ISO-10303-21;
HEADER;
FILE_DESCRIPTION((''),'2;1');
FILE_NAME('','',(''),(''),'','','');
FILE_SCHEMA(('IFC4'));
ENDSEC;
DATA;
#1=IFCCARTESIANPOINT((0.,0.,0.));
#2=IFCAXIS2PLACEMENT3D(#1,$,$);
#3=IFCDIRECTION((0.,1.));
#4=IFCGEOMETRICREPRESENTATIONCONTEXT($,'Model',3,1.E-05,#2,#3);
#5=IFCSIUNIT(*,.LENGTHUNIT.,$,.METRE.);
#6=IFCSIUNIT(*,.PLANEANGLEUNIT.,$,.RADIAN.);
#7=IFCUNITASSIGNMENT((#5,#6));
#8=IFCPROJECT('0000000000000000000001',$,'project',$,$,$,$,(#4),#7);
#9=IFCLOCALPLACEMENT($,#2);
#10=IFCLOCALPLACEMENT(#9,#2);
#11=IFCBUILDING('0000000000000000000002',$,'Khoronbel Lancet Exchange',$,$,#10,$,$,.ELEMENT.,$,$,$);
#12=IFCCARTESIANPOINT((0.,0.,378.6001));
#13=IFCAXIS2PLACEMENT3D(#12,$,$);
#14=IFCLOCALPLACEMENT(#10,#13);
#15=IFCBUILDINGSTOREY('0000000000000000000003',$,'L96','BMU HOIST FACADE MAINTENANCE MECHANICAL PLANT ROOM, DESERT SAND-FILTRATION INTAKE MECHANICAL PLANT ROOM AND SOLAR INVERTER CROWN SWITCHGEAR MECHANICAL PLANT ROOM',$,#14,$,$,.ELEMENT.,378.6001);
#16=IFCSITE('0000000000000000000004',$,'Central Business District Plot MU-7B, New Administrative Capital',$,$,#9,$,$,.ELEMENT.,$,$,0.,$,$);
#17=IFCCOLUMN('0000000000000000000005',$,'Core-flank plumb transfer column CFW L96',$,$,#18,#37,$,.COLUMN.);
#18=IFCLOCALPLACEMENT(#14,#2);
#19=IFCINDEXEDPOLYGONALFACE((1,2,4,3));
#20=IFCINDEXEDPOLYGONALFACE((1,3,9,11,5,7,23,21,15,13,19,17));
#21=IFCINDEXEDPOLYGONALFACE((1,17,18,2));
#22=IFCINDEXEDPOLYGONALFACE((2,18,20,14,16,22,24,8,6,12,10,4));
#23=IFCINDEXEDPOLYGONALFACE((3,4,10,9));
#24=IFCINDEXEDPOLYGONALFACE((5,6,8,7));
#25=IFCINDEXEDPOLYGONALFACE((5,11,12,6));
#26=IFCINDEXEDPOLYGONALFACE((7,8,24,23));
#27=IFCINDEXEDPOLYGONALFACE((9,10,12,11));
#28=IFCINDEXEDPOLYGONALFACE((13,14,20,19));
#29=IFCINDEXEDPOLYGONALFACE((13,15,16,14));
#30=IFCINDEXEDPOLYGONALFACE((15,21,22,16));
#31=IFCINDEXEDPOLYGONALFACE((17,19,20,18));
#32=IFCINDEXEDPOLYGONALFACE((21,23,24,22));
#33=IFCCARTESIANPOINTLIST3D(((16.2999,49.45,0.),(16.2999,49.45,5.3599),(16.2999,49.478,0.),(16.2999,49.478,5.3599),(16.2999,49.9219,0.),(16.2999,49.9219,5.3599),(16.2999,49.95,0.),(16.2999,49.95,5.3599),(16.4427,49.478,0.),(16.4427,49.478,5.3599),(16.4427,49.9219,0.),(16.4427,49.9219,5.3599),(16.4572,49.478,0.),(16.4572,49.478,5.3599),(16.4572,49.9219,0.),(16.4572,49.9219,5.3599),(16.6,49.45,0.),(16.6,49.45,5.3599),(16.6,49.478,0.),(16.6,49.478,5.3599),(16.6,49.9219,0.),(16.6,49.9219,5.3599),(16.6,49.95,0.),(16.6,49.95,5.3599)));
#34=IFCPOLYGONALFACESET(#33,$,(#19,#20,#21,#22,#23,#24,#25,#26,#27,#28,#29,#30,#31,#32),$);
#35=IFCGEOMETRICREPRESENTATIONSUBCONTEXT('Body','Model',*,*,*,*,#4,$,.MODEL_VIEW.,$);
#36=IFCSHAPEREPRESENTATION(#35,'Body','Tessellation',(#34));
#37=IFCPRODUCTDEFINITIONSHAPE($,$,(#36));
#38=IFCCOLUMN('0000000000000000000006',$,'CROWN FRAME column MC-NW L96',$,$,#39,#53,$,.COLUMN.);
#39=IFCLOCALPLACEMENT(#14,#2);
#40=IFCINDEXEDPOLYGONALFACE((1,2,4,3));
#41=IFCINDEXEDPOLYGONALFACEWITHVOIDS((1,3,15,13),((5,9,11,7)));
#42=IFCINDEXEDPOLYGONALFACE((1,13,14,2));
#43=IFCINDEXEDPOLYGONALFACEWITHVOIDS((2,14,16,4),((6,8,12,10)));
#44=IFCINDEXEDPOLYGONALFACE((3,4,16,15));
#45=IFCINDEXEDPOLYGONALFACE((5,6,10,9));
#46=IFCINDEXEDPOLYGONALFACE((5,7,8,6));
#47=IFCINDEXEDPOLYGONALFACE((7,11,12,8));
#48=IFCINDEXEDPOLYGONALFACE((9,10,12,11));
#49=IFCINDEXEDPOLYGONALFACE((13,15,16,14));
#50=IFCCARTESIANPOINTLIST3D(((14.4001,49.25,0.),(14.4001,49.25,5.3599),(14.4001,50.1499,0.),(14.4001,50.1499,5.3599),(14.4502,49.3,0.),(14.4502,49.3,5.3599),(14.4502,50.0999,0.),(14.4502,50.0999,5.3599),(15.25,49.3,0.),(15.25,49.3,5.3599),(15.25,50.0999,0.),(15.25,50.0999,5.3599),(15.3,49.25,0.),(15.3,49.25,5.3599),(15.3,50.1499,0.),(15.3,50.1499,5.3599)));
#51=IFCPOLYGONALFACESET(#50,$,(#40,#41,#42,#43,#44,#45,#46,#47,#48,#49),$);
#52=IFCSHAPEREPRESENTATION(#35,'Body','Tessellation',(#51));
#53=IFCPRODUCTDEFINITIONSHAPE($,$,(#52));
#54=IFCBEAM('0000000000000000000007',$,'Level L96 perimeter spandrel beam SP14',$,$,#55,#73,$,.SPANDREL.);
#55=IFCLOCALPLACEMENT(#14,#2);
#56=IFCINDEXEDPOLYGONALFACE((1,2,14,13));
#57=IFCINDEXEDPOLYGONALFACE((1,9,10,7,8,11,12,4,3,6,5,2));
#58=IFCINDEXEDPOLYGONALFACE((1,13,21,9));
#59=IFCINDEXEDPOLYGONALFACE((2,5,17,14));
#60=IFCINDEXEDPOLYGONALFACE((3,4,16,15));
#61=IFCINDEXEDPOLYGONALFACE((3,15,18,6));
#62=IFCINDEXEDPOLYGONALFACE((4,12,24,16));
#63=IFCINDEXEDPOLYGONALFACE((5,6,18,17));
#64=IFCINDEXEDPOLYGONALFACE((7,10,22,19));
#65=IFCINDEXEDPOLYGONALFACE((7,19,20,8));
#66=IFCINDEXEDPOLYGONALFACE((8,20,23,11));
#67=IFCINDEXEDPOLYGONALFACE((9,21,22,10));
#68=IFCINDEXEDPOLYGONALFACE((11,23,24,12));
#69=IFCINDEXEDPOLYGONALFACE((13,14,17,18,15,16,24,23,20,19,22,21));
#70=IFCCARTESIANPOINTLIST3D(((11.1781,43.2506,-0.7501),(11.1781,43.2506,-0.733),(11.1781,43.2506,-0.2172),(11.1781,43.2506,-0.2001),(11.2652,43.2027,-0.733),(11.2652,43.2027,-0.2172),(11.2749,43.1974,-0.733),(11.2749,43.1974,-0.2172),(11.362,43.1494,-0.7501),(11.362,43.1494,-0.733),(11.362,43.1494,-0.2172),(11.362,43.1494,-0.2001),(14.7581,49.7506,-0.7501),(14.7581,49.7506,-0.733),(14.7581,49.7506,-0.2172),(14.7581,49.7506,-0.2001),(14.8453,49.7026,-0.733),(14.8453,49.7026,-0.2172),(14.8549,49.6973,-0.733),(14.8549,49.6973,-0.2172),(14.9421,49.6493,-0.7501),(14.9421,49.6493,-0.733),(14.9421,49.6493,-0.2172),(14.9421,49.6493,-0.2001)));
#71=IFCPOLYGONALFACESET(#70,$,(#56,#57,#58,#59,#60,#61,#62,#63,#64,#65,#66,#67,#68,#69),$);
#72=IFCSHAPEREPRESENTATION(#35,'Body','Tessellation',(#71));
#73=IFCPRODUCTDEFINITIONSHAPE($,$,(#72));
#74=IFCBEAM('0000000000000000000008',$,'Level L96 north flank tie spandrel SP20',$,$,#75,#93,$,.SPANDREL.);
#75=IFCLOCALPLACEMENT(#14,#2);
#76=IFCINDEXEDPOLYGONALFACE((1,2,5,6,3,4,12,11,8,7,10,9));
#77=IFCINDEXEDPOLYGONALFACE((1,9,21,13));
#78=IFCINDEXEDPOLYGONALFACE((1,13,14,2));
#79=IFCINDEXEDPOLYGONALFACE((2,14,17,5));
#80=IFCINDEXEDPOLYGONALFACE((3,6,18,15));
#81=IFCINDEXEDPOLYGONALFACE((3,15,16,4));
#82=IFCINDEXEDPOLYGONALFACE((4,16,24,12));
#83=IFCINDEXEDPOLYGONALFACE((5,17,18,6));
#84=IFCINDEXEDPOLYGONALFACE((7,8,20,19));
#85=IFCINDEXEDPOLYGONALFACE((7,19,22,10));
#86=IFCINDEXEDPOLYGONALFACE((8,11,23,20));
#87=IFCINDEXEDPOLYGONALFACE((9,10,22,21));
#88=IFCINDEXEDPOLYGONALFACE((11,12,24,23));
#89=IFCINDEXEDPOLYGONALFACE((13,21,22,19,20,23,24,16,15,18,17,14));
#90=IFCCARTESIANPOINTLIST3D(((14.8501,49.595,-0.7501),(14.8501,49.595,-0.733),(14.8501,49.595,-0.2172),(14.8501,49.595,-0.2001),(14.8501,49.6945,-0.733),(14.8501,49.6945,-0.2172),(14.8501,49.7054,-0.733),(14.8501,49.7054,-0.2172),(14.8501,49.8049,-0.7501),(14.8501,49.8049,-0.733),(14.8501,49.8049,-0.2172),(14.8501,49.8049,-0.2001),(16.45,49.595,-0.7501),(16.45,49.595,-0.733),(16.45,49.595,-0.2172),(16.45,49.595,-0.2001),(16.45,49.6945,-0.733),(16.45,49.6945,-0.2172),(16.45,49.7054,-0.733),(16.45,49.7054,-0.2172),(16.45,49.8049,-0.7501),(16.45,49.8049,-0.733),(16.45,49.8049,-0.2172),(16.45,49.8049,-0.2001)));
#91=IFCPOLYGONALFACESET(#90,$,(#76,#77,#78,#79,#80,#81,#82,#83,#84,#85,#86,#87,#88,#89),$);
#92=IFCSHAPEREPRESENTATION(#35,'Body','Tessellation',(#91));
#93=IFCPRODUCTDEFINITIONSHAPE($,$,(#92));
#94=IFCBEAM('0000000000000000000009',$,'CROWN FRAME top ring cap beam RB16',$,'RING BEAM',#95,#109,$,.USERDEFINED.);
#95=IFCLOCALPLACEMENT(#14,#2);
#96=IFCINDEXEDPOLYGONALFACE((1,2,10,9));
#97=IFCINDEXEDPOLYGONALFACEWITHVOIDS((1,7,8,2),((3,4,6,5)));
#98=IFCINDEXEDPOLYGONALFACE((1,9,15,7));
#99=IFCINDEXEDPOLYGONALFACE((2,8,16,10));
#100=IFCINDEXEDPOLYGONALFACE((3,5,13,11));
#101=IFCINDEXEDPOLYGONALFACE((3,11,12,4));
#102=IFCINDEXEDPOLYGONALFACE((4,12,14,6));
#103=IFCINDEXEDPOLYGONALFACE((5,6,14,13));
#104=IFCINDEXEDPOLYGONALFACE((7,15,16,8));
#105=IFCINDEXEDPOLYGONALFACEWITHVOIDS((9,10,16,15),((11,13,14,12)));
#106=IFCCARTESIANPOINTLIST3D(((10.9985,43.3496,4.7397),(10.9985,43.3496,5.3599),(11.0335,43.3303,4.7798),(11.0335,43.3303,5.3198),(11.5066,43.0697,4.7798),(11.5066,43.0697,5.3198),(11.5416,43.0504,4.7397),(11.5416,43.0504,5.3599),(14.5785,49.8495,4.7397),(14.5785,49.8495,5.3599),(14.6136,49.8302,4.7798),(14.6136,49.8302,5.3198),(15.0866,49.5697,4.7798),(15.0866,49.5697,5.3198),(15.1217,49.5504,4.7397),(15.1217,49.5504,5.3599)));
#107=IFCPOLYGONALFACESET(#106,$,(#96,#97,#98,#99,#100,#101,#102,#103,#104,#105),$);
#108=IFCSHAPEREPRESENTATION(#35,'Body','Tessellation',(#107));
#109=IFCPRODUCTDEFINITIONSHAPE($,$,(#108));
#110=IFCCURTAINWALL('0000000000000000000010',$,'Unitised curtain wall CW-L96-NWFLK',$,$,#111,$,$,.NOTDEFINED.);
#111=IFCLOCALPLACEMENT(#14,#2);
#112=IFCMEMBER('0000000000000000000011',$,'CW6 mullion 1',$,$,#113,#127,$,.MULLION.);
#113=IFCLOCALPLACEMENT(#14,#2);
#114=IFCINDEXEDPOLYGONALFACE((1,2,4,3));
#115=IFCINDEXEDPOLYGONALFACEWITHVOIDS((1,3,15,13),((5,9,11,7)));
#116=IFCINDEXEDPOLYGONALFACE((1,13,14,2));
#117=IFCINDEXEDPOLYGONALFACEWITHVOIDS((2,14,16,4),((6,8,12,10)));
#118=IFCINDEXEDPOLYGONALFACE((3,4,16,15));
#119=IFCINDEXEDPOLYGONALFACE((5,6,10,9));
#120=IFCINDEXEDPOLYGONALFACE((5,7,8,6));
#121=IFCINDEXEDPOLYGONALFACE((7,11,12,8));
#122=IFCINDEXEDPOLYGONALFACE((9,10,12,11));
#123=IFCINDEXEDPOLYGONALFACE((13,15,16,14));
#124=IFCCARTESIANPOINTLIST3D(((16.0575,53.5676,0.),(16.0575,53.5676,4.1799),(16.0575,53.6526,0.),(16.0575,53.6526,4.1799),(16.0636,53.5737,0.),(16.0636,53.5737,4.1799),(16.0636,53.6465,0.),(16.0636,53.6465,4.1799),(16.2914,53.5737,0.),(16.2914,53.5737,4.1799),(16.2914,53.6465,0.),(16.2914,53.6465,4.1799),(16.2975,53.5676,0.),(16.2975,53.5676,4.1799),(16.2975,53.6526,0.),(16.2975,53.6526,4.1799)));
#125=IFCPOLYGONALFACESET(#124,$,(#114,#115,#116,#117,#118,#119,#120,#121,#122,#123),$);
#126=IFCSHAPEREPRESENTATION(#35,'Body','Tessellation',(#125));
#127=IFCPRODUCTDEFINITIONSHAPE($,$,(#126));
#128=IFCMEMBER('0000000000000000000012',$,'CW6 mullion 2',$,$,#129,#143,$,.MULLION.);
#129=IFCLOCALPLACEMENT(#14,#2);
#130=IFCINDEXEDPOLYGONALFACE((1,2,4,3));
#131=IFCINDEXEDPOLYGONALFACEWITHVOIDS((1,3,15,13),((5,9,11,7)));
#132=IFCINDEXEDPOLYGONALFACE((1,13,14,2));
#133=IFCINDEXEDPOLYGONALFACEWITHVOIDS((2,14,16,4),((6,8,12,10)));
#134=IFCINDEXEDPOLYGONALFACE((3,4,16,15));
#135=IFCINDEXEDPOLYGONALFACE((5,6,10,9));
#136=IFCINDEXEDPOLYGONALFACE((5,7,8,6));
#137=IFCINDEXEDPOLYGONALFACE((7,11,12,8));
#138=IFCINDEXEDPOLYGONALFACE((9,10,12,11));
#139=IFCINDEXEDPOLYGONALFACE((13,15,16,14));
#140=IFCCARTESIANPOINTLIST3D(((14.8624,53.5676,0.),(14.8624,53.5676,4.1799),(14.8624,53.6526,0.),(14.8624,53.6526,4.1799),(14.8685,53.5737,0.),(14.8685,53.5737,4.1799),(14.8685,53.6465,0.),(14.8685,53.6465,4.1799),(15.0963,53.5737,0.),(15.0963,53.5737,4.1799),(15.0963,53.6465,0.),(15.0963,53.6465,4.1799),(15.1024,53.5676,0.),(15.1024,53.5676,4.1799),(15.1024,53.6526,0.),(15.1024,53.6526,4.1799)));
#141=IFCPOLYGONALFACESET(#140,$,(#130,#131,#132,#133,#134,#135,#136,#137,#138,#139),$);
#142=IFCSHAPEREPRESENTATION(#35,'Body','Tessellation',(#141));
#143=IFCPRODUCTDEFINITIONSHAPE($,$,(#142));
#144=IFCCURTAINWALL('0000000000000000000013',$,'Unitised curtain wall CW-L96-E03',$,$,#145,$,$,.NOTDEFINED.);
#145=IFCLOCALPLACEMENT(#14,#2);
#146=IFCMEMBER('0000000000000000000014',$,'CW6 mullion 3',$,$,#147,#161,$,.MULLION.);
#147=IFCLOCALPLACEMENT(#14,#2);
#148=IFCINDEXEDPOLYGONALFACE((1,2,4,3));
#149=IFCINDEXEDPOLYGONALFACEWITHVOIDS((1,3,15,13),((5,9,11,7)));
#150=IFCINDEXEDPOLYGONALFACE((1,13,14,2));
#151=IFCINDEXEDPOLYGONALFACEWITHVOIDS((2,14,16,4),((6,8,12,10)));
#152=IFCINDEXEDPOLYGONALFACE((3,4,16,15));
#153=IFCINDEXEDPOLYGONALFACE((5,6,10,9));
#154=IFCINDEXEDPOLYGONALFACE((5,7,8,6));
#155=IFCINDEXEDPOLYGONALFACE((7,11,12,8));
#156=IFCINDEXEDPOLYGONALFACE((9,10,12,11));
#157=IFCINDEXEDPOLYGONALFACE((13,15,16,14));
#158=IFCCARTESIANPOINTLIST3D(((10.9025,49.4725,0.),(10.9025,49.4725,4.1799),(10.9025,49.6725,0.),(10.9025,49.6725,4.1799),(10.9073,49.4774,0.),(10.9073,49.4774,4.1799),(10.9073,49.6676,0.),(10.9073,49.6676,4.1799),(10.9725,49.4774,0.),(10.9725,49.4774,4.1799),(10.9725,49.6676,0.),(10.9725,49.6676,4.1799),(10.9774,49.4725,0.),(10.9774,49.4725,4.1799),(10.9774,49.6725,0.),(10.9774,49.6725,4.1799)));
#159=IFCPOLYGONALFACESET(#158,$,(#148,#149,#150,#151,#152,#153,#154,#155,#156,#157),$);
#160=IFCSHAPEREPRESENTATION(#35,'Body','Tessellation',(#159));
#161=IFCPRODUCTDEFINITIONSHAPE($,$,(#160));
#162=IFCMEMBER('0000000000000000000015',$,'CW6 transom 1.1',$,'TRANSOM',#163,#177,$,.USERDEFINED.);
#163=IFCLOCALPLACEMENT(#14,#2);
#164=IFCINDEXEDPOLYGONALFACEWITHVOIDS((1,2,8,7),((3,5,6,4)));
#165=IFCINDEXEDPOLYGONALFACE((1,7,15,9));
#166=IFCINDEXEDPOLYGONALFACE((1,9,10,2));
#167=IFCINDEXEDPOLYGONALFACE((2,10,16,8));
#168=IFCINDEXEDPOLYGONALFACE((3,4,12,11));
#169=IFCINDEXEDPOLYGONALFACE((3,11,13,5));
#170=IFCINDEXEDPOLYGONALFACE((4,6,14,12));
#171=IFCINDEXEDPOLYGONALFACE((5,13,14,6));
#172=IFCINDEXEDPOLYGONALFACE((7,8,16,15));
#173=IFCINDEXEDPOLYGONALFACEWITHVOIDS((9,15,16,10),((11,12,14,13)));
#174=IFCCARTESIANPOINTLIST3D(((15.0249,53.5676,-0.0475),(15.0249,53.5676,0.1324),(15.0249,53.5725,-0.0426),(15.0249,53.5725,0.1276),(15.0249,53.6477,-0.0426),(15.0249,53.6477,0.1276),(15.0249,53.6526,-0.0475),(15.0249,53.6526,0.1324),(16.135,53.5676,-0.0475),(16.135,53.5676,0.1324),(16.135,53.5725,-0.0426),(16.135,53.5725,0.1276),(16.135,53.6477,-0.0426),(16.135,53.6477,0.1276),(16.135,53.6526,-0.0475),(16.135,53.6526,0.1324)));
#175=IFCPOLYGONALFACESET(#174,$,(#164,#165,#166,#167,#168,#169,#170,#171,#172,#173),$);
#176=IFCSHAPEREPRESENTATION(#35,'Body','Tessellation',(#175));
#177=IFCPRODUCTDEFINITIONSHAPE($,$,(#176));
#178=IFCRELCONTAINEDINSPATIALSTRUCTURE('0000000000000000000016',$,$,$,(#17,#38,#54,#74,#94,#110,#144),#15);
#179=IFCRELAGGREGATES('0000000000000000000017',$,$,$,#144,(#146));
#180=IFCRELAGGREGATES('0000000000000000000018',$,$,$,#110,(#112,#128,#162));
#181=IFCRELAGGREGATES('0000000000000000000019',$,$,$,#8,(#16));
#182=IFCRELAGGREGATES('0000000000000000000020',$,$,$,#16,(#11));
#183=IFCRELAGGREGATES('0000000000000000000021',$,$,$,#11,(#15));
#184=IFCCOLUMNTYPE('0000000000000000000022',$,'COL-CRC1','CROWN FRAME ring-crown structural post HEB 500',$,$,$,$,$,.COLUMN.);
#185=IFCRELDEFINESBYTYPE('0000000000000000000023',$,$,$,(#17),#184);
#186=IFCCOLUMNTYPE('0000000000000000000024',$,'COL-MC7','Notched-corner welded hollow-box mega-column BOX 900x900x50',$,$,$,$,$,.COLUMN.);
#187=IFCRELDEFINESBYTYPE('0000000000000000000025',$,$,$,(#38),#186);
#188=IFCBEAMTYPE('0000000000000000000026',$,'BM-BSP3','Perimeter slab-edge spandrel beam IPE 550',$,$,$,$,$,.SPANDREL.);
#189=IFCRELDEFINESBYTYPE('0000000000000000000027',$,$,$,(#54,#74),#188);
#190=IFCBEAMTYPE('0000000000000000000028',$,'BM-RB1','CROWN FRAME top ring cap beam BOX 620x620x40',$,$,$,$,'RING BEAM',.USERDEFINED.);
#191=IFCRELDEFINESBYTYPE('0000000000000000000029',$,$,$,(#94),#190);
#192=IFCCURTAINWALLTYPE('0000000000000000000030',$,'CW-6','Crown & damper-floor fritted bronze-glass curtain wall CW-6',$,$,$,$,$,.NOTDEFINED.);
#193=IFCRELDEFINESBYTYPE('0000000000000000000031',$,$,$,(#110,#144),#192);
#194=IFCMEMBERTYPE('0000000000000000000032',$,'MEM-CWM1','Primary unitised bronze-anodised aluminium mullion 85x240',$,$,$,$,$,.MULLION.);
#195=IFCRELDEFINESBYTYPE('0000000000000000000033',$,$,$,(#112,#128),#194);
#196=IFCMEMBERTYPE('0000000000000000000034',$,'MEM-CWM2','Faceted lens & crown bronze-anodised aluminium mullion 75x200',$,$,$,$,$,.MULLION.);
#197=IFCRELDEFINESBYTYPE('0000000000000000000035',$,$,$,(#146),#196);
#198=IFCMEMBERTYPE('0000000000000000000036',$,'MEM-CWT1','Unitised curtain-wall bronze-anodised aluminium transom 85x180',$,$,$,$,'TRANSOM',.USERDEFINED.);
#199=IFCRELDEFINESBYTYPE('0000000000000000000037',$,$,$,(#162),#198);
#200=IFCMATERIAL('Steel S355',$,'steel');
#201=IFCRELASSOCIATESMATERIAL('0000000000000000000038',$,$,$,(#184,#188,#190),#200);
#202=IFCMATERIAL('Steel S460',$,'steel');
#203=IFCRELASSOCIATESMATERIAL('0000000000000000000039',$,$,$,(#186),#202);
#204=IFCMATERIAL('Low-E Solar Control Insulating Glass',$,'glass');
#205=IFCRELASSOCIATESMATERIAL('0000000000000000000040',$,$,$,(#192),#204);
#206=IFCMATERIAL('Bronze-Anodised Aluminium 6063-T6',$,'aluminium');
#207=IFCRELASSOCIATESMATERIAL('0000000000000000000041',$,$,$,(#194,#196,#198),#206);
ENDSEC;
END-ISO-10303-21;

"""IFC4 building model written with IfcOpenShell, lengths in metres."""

from ifc_helpers import new_model, si_unit, direction, frame, origin, origin_2d, place, context, subcontext, project, spatial, hollow_rectangle, i_section, extrude, material, material_profile, profile_set, type_object, element, aggregate, save


model = new_model("IFC4")

# Units and contexts
model_context = context("Model", 3, precision=1e-05, world=origin(), true_north=direction((0.0, 1.0)))
body_context = subcontext(model_context, "Body", "Model", "MODEL_VIEW")
ifc_project = project(units=[si_unit("LENGTHUNIT", "METRE"), si_unit("PLANEANGLEUNIT", "RADIAN")], contexts=[model_context])

# Site, building, storey
site_placement = place(None, origin())
site = spatial("IfcSite", under=ifc_project, at=site_placement, Name="Central Business District Plot MU-7B, New Administrative Capital", CompositionType="ELEMENT", RefElevation=0.0)
building_placement = place(site_placement, origin())
building = spatial("IfcBuilding", under=site, at=building_placement, Name="Khoronbel Lancet Exchange", CompositionType="ELEMENT")
storey_placement = place(building_placement, frame((0.0, 0.0, 378.6001)))
storey = spatial("IfcBuildingStorey", under=building, at=storey_placement, Name="L96", Description="BMU HOIST FACADE MAINTENANCE MECHANICAL PLANT ROOM, DESERT SAND-FILTRATION INTAKE MECHANICAL PLANT ROOM AND SOLAR INVERTER CROWN SWITCHGEAR MECHANICAL PLANT ROOM", CompositionType="ELEMENT", Elevation=378.6001)

# Columns
ifc_material_1 = material(Name="Steel S355", Category="steel")
ifc_material_profile_1 = material_profile(ifc_material_1, i_section(OverallWidth=0.3, OverallDepth=0.5, WebThickness=0.0144, FlangeThickness=0.0281, at=origin_2d()), Name="HEB 500")
ifc_profile_set_1 = profile_set([ifc_material_profile_1], Name="Steel S355")
column_type_1 = type_object("IfcColumnType", Name="COL-CRC1", Description="CROWN FRAME ring-crown structural post HEB 500", PredefinedType="COLUMN", material=ifc_profile_set_1)
column_1_placement = place(storey_placement, frame((16.45, 49.7, 0.0), z_axis=(0.0, 0.0, 1.0), x_axis=(1.0, 0.0, 0.0)))
element("IfcColumn", 1, at=column_1_placement, inside=storey, type_object=column_type_1, Name="Core-flank plumb transfer column CFW L96", PredefinedType="COLUMN", context=body_context, shape_type="SweptSolid", body=[
    extrude(i_section(OverallWidth=0.3, OverallDepth=0.5, WebThickness=0.0144, FlangeThickness=0.0281, at=origin_2d()), origin(), (0.0, 0.0, 1.0), 5.3599),
])
ifc_material_2 = material(Name="Steel S460", Category="steel")
ifc_material_profile_2 = material_profile(ifc_material_2, hollow_rectangle(XDim=0.8999, YDim=0.8999, WallThickness=0.05, at=origin_2d()), Name="BOX 900x900x50")
ifc_profile_set_2 = profile_set([ifc_material_profile_2], Name="Steel S460")
column_type_2 = type_object("IfcColumnType", Name="COL-MC7", Description="Notched-corner welded hollow-box mega-column BOX 900x900x50", PredefinedType="COLUMN", material=ifc_profile_set_2)
column_2_placement = place(storey_placement, frame((14.8501, 49.7, 0.0), z_axis=(0.0, 0.0, 1.0), x_axis=(1.0, 0.0, 0.0)))
element("IfcColumn", 2, at=column_2_placement, inside=storey, type_object=column_type_2, Name="CROWN FRAME column MC-NW L96", PredefinedType="COLUMN", context=body_context, shape_type="SweptSolid", body=[
    extrude(hollow_rectangle(XDim=0.8999, YDim=0.8999, WallThickness=0.05, at=origin_2d()), origin(), (0.0, 0.0, 1.0), 5.3599),
])

# Beams
ifc_material_profile_3 = material_profile(ifc_material_1, i_section(OverallWidth=0.21, OverallDepth=0.55, WebThickness=0.011, FlangeThickness=0.0171, at=origin_2d()), Name="IPE 550")
ifc_profile_set_3 = profile_set([ifc_material_profile_3], Name="Steel S355")
beam_type_1 = type_object("IfcBeamType", Name="BM-BSP3", Description="Perimeter slab-edge spandrel beam IPE 550", PredefinedType="SPANDREL", material=ifc_profile_set_3)
beam_1_placement = place(storey_placement, frame((14.8501, 49.7, -0.4751), z_axis=(-0.482444, -0.875927, 0.0), x_axis=(0.875927, -0.482444, 0.0)))
element("IfcBeam", 3, at=beam_1_placement, inside=storey, type_object=beam_type_1, Name="Level L96 perimeter spandrel beam SP14", PredefinedType="SPANDREL", context=body_context, shape_type="SweptSolid", body=[
    extrude(i_section(OverallWidth=0.21, OverallDepth=0.55, WebThickness=0.011, FlangeThickness=0.0171, at=origin_2d()), origin(), (0.0, 0.0, 1.0), 7.4207),
])
beam_2_placement = place(storey_placement, frame((14.8501, 49.7, -0.4751), z_axis=(1.0, 0.0, 0.0), x_axis=(0.0, 1.0, 0.0)))
element("IfcBeam", 4, at=beam_2_placement, inside=storey, type_object=beam_type_1, Name="Level L96 north flank tie spandrel SP20", PredefinedType="SPANDREL", context=body_context, shape_type="SweptSolid", body=[
    extrude(i_section(OverallWidth=0.21, OverallDepth=0.55, WebThickness=0.011, FlangeThickness=0.0171, at=origin_2d()), origin(), (0.0, 0.0, 1.0), 1.5999),
])
ifc_material_profile_4 = material_profile(ifc_material_1, hollow_rectangle(XDim=0.6201, YDim=0.6201, WallThickness=0.04, at=origin_2d()), Name="BOX 620x620x40")
ifc_profile_set_4 = profile_set([ifc_material_profile_4], Name="Steel S355")
beam_type_2 = type_object("IfcBeamType", Name="BM-RB1", Description="CROWN FRAME top ring cap beam BOX 620x620x40", ElementType="RING BEAM", PredefinedType="USERDEFINED", material=ifc_profile_set_4)
beam_3_placement = place(storey_placement, frame((14.8501, 49.7, 5.0498), z_axis=(-0.482444, -0.875927, 0.0), x_axis=(0.875927, -0.482444, 0.0)))
element("IfcBeam", 5, at=beam_3_placement, inside=storey, type_object=beam_type_2, Name="CROWN FRAME top ring cap beam RB16", ObjectType="RING BEAM", PredefinedType="USERDEFINED", context=body_context, shape_type="SweptSolid", body=[
    extrude(hollow_rectangle(XDim=0.6201, YDim=0.6201, WallThickness=0.04, at=origin_2d()), origin(), (0.0, 0.0, 1.0), 7.4207),
])

# Curtain wall, members
ifc_material_3 = material(Name="Low-E Solar Control Insulating Glass", Category="glass")
curtain_wall_type = type_object("IfcCurtainWallType", Name="CW-6", Description="Crown & damper-floor fritted bronze-glass curtain wall CW-6", PredefinedType="NOTDEFINED", material=ifc_material_3)
curtain_wall_1_placement = place(storey_placement, origin())
curtain_wall_1 = element("IfcCurtainWall", 6, at=curtain_wall_1_placement, inside=storey, type_object=curtain_wall_type, Name="Unitised curtain wall CW-L96-NWFLK", PredefinedType="NOTDEFINED")
ifc_material_4 = material(Name="Bronze-Anodised Aluminium 6063-T6", Category="aluminium")
ifc_material_profile_5 = material_profile(ifc_material_4, hollow_rectangle(XDim=0.085, YDim=0.24, WallThickness=0.0061, at=origin_2d()), Name="ALU MULLION 85x240")
ifc_profile_set_5 = profile_set([ifc_material_profile_5], Name="Bronze-Anodised Aluminium 6063-T6")
member_type_1 = type_object("IfcMemberType", Name="MEM-CWM1", Description="Primary unitised bronze-anodised aluminium mullion 85x240", PredefinedType="MULLION", material=ifc_profile_set_5)
member_1_placement = place(storey_placement, frame((16.1775, 53.6101, 0.0), z_axis=(0.0, 0.0, 1.0), x_axis=(0.0, -1.0, 0.0)))
member_1 = element("IfcMember", 7, at=member_1_placement, type_object=member_type_1, Name="CW6 mullion 1", PredefinedType="MULLION", context=body_context, shape_type="SweptSolid", body=[
    extrude(hollow_rectangle(XDim=0.085, YDim=0.24, WallThickness=0.0061, at=origin_2d()), origin(), (0.0, 0.0, 1.0), 4.1799),
])
member_2_placement = place(storey_placement, frame((14.9824, 53.6101, 0.0), z_axis=(0.0, 0.0, 1.0), x_axis=(0.0, -1.0, 0.0)))
member_2 = element("IfcMember", 8, at=member_2_placement, type_object=member_type_1, Name="CW6 mullion 2", PredefinedType="MULLION", context=body_context, shape_type="SweptSolid", body=[
    extrude(hollow_rectangle(XDim=0.085, YDim=0.24, WallThickness=0.0061, at=origin_2d()), origin(), (0.0, 0.0, 1.0), 4.1799),
])

# Curtain wall, member
curtain_wall_2_placement = place(storey_placement, origin())
curtain_wall_2 = element("IfcCurtainWall", 9, at=curtain_wall_2_placement, inside=storey, type_object=curtain_wall_type, Name="Unitised curtain wall CW-L96-E03", PredefinedType="NOTDEFINED")
ifc_material_profile_6 = material_profile(ifc_material_4, hollow_rectangle(XDim=0.075, YDim=0.2, WallThickness=0.0049, at=origin_2d()), Name="ALU MULLION 75x200")
ifc_profile_set_6 = profile_set([ifc_material_profile_6], Name="Bronze-Anodised Aluminium 6063-T6")
member_type_2 = type_object("IfcMemberType", Name="MEM-CWM2", Description="Faceted lens & crown bronze-anodised aluminium mullion 75x200", PredefinedType="MULLION", material=ifc_profile_set_6)
member_3_placement = place(storey_placement, frame((10.9399, 49.5725, 0.0), z_axis=(0.0, 0.0, 1.0), x_axis=(-1.0, 0.0, 0.0)))
member_3 = element("IfcMember", 10, at=member_3_placement, type_object=member_type_2, Name="CW6 mullion 3", PredefinedType="MULLION", context=body_context, shape_type="SweptSolid", body=[
    extrude(hollow_rectangle(XDim=0.075, YDim=0.2, WallThickness=0.0049, at=origin_2d()), origin(), (0.0, 0.0, 1.0), 4.1799),
])
aggregate(curtain_wall_2, [member_3])

# Member
ifc_material_profile_7 = material_profile(ifc_material_4, hollow_rectangle(XDim=0.085, YDim=0.1799, WallThickness=0.0049, at=origin_2d()), Name="ALU TRANSOM 85x180")
ifc_profile_set_7 = profile_set([ifc_material_profile_7], Name="Bronze-Anodised Aluminium 6063-T6")
member_type_3 = type_object("IfcMemberType", Name="MEM-CWT1", Description="Unitised curtain-wall bronze-anodised aluminium transom 85x180", ElementType="TRANSOM", PredefinedType="USERDEFINED", material=ifc_profile_set_7)
member_4_placement = place(storey_placement, frame((16.135, 53.6101, 0.0425), z_axis=(-1.0, 0.0, 0.0), x_axis=(0.0, -1.0, 0.0)))
member_4 = element("IfcMember", 11, at=member_4_placement, type_object=member_type_3, Name="CW6 transom 1.1", ObjectType="TRANSOM", PredefinedType="USERDEFINED", context=body_context, shape_type="SweptSolid", body=[
    extrude(hollow_rectangle(XDim=0.085, YDim=0.1799, WallThickness=0.0049, at=origin_2d()), origin(), (0.0, 0.0, 1.0), 1.1101),
])

aggregate(curtain_wall_1, [member_1, member_2, member_4])

save(model, "model.ifc")
